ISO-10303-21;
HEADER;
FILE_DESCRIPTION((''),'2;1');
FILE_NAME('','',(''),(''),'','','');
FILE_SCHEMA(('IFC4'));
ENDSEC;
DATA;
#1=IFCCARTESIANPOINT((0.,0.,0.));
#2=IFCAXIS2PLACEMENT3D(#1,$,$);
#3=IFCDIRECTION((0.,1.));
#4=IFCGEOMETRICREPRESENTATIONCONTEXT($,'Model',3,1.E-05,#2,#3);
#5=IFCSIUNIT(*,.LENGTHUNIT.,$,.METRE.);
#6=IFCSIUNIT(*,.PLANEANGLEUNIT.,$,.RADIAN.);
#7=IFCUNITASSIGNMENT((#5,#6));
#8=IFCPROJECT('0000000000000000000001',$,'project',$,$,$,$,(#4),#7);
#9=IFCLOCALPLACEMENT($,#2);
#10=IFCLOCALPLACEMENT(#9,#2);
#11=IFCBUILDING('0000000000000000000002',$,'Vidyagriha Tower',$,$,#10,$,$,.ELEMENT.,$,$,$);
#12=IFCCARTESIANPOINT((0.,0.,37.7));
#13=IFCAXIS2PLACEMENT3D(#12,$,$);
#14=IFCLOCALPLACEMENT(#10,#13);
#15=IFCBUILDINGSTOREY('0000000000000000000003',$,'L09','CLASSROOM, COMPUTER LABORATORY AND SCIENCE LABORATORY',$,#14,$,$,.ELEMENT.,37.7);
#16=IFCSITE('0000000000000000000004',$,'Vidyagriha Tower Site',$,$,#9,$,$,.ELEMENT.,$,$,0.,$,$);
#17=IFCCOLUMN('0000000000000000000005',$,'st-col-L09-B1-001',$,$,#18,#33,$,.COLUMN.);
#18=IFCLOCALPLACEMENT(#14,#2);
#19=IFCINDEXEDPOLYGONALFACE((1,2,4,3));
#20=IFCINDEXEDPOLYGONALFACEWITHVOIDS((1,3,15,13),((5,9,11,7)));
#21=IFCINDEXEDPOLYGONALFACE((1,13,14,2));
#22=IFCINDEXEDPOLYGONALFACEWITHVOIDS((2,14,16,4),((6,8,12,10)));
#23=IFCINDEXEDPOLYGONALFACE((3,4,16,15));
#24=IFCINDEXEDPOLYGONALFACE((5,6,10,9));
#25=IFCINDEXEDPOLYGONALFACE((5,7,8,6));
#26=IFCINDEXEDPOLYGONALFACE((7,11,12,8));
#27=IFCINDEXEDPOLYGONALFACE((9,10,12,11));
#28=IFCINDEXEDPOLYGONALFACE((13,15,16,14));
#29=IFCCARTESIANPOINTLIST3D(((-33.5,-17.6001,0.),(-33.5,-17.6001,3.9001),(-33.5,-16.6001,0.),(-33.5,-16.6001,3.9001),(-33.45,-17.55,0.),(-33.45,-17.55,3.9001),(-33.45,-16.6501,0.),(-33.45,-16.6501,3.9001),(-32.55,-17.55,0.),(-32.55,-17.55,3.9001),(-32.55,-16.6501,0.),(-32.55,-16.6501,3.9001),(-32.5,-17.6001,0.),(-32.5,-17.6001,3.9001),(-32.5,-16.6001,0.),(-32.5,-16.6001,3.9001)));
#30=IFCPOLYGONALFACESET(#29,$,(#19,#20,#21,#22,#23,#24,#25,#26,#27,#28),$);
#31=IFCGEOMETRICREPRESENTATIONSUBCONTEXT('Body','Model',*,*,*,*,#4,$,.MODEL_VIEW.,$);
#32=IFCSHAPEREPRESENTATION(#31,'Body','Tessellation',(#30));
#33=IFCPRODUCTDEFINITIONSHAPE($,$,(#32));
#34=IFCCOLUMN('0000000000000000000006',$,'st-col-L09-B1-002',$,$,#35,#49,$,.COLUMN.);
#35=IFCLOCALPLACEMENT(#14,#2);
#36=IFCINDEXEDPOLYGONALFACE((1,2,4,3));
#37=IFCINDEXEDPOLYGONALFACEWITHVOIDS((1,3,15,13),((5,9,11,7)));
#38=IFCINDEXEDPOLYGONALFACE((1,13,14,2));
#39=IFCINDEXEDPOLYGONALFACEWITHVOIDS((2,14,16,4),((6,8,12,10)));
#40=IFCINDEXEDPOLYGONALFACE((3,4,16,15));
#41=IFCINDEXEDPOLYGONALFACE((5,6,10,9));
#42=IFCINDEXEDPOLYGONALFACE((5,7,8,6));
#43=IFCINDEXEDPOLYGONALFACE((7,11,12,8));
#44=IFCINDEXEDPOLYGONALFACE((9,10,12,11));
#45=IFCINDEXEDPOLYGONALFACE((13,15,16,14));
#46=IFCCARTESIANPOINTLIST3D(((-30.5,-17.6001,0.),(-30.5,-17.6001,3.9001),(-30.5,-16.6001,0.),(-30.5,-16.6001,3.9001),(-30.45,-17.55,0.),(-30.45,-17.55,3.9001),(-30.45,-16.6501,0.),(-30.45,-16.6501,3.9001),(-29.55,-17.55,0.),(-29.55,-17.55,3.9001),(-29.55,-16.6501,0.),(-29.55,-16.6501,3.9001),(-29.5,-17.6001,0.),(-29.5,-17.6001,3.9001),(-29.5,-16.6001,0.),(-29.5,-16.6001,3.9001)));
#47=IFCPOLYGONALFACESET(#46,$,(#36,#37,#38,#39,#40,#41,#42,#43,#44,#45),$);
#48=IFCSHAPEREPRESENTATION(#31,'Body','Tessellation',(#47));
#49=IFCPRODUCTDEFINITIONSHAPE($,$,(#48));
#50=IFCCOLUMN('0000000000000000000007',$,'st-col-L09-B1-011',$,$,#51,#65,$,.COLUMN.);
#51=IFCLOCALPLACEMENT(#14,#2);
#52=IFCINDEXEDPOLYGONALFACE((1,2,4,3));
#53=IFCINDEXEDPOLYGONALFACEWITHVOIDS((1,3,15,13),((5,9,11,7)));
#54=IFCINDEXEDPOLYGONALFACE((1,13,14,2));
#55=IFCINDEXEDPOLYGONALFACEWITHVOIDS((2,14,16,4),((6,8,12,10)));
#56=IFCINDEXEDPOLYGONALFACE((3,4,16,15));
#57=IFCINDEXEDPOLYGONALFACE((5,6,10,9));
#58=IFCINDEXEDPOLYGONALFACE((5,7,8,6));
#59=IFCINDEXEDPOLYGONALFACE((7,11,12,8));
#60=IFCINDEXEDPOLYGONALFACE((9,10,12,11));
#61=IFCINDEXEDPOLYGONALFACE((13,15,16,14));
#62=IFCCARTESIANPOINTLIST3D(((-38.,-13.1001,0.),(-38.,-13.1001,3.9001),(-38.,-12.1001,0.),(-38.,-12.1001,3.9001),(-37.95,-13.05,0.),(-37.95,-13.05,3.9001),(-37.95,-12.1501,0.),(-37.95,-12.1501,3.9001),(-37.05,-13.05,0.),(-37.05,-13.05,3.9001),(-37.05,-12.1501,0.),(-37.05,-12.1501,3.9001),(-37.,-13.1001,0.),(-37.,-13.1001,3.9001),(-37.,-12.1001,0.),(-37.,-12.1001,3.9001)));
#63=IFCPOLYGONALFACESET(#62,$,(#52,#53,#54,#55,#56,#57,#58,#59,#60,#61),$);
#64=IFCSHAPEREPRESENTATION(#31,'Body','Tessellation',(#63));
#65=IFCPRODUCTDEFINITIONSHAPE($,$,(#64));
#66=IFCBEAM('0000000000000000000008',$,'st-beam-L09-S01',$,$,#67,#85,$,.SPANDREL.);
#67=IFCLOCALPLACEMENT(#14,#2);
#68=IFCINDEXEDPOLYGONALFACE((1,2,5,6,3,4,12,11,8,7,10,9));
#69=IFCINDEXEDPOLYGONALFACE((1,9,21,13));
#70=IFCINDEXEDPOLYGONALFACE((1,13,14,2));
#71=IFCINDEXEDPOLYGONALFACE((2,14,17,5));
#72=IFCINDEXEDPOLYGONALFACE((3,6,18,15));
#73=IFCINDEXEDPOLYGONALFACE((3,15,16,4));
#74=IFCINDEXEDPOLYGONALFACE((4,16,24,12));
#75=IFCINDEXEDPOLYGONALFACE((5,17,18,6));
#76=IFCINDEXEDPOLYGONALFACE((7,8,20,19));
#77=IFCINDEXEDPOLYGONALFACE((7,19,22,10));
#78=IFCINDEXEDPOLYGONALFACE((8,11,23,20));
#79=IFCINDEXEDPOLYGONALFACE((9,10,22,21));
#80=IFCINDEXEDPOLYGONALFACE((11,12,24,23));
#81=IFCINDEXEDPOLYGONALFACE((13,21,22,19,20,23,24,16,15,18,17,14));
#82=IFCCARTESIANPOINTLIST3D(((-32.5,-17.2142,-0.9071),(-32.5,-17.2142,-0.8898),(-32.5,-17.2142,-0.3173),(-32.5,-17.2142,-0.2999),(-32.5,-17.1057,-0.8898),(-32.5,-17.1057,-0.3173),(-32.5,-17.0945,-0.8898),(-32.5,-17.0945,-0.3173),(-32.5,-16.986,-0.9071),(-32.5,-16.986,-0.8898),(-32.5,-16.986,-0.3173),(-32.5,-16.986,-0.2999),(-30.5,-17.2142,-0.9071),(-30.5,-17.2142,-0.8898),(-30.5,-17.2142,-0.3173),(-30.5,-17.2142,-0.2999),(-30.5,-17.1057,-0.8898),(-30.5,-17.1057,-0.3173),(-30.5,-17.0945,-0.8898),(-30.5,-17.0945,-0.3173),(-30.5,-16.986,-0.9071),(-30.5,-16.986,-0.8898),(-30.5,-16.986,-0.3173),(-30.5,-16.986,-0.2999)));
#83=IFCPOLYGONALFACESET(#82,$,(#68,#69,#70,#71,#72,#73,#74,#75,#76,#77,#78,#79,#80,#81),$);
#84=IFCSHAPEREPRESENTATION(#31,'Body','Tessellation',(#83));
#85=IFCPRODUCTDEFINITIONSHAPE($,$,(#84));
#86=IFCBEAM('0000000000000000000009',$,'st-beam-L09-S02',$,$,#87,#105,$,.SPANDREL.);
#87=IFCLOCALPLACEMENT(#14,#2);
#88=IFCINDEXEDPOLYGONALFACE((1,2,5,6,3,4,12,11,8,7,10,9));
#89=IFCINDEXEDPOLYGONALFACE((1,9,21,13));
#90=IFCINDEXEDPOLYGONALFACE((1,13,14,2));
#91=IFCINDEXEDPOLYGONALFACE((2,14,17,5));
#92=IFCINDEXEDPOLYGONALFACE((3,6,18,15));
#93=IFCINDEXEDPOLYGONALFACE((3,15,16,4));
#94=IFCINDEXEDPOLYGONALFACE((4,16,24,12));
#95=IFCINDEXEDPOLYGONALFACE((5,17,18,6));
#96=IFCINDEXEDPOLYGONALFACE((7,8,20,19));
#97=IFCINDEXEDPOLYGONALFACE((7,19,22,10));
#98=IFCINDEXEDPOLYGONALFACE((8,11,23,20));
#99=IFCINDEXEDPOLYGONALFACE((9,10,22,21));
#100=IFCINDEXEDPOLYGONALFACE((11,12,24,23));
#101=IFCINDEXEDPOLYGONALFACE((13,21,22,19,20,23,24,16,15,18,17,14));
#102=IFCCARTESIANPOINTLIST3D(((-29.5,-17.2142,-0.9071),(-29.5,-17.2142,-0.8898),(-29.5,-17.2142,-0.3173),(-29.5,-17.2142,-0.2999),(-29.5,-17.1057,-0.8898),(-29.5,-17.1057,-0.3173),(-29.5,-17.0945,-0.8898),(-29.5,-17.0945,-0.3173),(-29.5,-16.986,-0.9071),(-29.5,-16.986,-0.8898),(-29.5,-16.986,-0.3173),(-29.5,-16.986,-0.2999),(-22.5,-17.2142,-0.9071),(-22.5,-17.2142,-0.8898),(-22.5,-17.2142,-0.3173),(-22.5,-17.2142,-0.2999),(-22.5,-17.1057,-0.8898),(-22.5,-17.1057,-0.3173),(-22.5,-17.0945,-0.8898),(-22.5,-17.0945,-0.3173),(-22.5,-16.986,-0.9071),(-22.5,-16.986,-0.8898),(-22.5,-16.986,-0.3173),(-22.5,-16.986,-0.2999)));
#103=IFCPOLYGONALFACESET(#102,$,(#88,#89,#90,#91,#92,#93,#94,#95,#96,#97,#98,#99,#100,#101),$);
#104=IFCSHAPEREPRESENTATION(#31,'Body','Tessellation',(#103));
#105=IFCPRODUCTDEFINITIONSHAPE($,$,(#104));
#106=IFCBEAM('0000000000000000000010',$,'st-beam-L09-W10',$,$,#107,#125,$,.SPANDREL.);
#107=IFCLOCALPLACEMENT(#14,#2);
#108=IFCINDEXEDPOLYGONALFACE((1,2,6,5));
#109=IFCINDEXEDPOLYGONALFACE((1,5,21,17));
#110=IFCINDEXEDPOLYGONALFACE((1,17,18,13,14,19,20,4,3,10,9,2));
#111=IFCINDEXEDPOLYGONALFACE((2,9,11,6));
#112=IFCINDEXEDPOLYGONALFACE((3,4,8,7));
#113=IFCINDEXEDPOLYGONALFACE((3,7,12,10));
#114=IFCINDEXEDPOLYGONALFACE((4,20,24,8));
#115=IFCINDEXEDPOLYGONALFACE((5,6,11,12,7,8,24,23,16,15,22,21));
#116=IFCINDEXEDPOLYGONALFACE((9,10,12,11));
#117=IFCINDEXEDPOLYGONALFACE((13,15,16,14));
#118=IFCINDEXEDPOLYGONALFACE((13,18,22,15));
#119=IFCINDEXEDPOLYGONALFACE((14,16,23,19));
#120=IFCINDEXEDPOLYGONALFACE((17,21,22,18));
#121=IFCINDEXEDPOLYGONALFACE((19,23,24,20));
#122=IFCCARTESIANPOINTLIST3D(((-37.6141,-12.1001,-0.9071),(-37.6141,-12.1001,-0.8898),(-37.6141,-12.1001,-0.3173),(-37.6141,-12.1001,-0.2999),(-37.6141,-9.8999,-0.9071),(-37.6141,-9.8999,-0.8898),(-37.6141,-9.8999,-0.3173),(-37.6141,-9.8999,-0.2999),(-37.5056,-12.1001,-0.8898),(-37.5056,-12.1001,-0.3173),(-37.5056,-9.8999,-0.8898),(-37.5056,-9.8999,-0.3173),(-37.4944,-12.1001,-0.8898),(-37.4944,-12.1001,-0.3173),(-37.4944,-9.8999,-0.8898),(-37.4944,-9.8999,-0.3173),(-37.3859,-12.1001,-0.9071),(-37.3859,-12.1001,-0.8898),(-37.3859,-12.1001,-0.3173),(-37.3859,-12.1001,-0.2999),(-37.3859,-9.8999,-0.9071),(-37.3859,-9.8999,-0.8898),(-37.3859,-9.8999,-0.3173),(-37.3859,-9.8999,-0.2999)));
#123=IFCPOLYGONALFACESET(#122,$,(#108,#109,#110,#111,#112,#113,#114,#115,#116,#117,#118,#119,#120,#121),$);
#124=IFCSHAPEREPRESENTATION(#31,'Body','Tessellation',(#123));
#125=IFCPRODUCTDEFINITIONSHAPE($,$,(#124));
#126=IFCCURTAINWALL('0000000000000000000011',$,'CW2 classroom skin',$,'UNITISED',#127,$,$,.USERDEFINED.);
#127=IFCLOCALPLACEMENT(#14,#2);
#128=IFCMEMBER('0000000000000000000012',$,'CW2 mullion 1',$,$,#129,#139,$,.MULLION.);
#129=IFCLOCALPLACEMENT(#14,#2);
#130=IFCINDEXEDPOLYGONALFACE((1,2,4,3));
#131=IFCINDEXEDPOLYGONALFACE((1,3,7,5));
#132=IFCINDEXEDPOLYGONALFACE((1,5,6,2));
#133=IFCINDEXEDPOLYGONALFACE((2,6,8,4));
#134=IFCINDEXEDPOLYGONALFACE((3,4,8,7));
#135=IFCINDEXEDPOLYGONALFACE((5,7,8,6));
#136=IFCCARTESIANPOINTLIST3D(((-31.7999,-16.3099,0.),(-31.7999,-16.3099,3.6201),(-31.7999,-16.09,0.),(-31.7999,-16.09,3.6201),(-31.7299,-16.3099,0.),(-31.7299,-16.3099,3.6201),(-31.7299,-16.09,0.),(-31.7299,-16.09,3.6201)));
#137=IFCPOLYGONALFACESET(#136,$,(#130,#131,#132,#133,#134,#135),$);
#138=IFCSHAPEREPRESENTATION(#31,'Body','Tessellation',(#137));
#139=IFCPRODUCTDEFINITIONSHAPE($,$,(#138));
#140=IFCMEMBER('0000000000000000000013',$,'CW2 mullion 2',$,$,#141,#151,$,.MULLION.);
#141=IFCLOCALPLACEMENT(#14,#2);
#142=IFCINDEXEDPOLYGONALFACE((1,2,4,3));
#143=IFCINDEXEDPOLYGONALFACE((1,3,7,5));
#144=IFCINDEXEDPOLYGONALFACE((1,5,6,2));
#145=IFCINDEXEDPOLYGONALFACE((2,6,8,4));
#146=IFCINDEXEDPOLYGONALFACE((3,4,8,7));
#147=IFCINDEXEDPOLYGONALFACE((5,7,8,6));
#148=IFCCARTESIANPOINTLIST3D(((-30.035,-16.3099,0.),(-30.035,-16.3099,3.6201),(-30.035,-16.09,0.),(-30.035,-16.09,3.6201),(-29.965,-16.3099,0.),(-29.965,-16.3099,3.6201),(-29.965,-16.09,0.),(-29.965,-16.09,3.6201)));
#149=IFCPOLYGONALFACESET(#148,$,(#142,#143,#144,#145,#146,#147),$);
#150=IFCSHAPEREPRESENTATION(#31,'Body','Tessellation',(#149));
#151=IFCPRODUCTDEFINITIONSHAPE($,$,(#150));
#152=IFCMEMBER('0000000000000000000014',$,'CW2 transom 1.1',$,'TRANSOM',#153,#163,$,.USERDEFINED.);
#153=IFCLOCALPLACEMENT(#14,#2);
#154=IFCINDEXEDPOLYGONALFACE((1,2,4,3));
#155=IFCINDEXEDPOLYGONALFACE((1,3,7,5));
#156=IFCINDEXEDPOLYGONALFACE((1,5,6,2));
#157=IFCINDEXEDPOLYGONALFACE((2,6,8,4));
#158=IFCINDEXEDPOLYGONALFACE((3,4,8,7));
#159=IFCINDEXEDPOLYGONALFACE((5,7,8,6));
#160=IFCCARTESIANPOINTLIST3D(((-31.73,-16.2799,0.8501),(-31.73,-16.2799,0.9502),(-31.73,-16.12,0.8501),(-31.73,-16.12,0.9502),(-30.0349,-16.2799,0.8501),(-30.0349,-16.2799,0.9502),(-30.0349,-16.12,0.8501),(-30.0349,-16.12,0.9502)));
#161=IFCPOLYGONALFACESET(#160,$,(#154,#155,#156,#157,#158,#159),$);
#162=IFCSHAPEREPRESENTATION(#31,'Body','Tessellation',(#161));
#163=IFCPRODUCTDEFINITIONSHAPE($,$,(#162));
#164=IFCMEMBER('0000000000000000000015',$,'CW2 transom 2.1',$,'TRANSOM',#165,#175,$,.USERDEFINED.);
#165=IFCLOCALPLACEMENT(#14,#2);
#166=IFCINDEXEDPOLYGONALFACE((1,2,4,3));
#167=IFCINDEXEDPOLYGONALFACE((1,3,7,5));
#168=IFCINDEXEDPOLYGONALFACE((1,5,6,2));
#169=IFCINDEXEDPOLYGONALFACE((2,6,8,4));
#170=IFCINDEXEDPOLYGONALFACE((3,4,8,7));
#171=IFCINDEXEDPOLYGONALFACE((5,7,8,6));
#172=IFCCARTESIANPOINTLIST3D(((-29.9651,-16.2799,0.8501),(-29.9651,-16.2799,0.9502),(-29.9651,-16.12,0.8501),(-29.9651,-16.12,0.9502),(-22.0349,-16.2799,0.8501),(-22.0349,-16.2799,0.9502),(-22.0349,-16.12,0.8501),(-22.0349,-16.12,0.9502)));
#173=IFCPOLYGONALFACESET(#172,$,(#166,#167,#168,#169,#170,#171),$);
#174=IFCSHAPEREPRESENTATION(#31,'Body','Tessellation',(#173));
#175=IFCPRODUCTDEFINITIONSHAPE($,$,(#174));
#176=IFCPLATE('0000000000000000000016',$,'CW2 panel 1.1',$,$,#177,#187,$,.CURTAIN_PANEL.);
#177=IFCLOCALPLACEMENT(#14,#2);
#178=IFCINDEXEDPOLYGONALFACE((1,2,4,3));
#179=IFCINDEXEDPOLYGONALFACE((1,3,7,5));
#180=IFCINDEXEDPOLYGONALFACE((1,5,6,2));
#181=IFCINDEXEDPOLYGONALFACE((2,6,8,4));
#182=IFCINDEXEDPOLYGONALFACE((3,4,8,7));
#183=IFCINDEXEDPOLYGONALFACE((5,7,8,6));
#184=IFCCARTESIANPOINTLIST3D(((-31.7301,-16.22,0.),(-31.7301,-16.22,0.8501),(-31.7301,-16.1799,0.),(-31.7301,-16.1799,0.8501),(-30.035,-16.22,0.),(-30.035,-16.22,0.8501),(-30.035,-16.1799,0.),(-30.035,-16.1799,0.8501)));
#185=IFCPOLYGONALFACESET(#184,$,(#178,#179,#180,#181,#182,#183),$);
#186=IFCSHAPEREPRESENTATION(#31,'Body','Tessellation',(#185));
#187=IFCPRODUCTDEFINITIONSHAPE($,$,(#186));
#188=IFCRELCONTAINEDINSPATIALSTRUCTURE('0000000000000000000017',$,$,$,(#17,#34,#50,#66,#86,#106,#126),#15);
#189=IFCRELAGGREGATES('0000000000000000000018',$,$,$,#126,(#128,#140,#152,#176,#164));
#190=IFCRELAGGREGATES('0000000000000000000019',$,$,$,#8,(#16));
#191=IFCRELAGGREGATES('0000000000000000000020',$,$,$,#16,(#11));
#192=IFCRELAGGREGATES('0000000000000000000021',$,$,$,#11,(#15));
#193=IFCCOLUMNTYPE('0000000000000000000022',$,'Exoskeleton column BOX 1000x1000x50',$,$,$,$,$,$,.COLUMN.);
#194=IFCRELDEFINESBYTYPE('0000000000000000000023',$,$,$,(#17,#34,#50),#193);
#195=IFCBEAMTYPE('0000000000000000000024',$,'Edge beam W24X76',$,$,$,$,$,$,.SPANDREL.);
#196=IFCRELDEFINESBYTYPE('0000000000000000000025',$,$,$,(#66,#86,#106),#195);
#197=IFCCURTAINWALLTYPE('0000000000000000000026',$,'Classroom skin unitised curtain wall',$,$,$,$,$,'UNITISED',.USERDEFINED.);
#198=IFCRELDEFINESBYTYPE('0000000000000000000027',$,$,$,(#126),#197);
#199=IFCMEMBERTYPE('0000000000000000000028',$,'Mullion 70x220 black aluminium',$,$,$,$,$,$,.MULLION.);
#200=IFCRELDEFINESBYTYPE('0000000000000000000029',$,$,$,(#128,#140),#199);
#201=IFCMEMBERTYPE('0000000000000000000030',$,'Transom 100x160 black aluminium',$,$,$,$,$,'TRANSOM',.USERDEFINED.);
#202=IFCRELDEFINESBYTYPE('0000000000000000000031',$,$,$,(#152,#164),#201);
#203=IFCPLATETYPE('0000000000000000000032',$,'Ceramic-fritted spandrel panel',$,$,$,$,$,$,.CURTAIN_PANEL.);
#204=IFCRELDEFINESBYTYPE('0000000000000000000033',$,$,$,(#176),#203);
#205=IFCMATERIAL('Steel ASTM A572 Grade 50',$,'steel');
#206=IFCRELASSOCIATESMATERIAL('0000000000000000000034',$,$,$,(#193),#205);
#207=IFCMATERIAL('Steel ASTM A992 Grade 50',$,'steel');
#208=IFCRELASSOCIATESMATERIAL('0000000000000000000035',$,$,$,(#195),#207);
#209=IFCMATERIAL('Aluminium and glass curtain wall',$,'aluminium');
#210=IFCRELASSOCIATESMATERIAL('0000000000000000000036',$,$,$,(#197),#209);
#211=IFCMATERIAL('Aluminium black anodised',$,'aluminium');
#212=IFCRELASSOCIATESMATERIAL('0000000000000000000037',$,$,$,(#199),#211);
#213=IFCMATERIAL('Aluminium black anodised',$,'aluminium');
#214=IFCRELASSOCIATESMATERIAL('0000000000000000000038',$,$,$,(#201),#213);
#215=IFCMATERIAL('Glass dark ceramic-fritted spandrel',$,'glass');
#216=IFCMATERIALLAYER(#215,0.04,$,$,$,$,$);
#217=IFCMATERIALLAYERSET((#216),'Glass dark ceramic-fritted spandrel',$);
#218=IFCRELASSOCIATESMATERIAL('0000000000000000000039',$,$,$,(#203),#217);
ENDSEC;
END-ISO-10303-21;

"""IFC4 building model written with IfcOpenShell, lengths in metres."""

from ifc_helpers import new_model, si_unit, direction, frame, origin, origin_2d, place, context, subcontext, project, spatial, rectangle, hollow_rectangle, i_section, extrude, material, layer, layer_set, material_profile, profile_set, type_object, element, aggregate, save


model = new_model("IFC4")

# Units and contexts
model_context = context("Model", 3, precision=1e-05, world=origin(), true_north=direction((0.0, 1.0)))
body_context = subcontext(model_context, "Body", "Model", "MODEL_VIEW")
ifc_project = project(units=[si_unit("LENGTHUNIT", "METRE"), si_unit("PLANEANGLEUNIT", "RADIAN")], contexts=[model_context])

# Site, building, storey
site_placement = place(None, origin())
site = spatial("IfcSite", under=ifc_project, at=site_placement, Name="Vidyagriha Tower Site", CompositionType="ELEMENT", RefElevation=0.0)
building_placement = place(site_placement, origin())
building = spatial("IfcBuilding", under=site, at=building_placement, Name="Vidyagriha Tower", CompositionType="ELEMENT")
storey_placement = place(building_placement, frame((0.0, 0.0, 37.7)))
storey = spatial("IfcBuildingStorey", under=building, at=storey_placement, Name="L09", Description="CLASSROOM, COMPUTER LABORATORY AND SCIENCE LABORATORY", CompositionType="ELEMENT", Elevation=37.7)

# Columns
ifc_material_1 = material(Name="Steel ASTM A572 Grade 50", Category="steel")
ifc_material_profile_1 = material_profile(ifc_material_1, hollow_rectangle(XDim=1.0, YDim=1.0, WallThickness=0.05, at=origin_2d()), Name="BOX 1000x1000x50")
ifc_profile_set_1 = profile_set([ifc_material_profile_1], Name="Steel ASTM A572 Grade 50")
column_type = type_object("IfcColumnType", Name="Exoskeleton column BOX 1000x1000x50", PredefinedType="COLUMN", material=ifc_profile_set_1)
for number, where, name in (
    (1, (-33.0, -17.1001, 0.0), "st-col-L09-B1-001"),
    (2, (-30.0, -17.1001, 0.0), "st-col-L09-B1-002"),
    (3, (-37.5, -12.6001, 0.0), "st-col-L09-B1-011"),
):
    element("IfcColumn", number, at=place(storey_placement, frame(where)), inside=storey, type_object=column_type, Name=name, PredefinedType="COLUMN", context=body_context, shape_type="SweptSolid", body=[
        extrude(hollow_rectangle(XDim=1.0, YDim=1.0, WallThickness=0.05, at=origin_2d()), origin(), (0.0, 0.0, 1.0), 3.9001),
    ])

# Beams
ifc_material_2 = material(Name="Steel ASTM A992 Grade 50", Category="steel")
ifc_material_profile_2 = material_profile(ifc_material_2, i_section(OverallWidth=0.2283, OverallDepth=0.6072, WebThickness=0.0112, FlangeThickness=0.0173, at=origin_2d()), Name="W24X76")
ifc_profile_set_2 = profile_set([ifc_material_profile_2], Name="Steel ASTM A992 Grade 50")
beam_type = type_object("IfcBeamType", Name="Edge beam W24X76", PredefinedType="SPANDREL", material=ifc_profile_set_2)
beam_1_placement = place(storey_placement, frame((-32.5, -17.1001, -0.6035), z_axis=(1.0, 0.0, 0.0), x_axis=(0.0, 1.0, 0.0)))
element("IfcBeam", 4, at=beam_1_placement, inside=storey, type_object=beam_type, Name="st-beam-L09-S01", PredefinedType="SPANDREL", context=body_context, shape_type="SweptSolid", body=[
    extrude(i_section(OverallWidth=0.2283, OverallDepth=0.6072, WebThickness=0.0112, FlangeThickness=0.0173, at=origin_2d()), origin(), (0.0, 0.0, 1.0), 2.0),
])
beam_2_placement = place(storey_placement, frame((-29.5, -17.1001, -0.6035), z_axis=(1.0, 0.0, 0.0), x_axis=(0.0, 1.0, 0.0)))
element("IfcBeam", 5, at=beam_2_placement, inside=storey, type_object=beam_type, Name="st-beam-L09-S02", PredefinedType="SPANDREL", context=body_context, shape_type="SweptSolid", body=[
    extrude(i_section(OverallWidth=0.2283, OverallDepth=0.6072, WebThickness=0.0112, FlangeThickness=0.0173, at=origin_2d()), origin(), (0.0, 0.0, 1.0), 7.0),
])
beam_3_placement = place(storey_placement, frame((-37.5, -12.1001, -0.6035), z_axis=(0.0, 1.0, 0.0), x_axis=(-1.0, 0.0, 0.0)))
element("IfcBeam", 6, at=beam_3_placement, inside=storey, type_object=beam_type, Name="st-beam-L09-W10", PredefinedType="SPANDREL", context=body_context, shape_type="SweptSolid", body=[
    extrude(i_section(OverallWidth=0.2283, OverallDepth=0.6072, WebThickness=0.0112, FlangeThickness=0.0173, at=origin_2d()), origin(), (0.0, 0.0, 1.0), 2.2002),
])

# Curtain wall, members, plate
ifc_material_3 = material(Name="Aluminium and glass curtain wall", Category="aluminium")
curtain_wall_type = type_object("IfcCurtainWallType", Name="Classroom skin unitised curtain wall", ElementType="UNITISED", PredefinedType="USERDEFINED", material=ifc_material_3)
curtain_wall_placement = place(storey_placement, origin())
curtain_wall = element("IfcCurtainWall", 7, at=curtain_wall_placement, inside=storey, type_object=curtain_wall_type, Name="CW2 classroom skin", ObjectType="UNITISED", PredefinedType="USERDEFINED")
ifc_material_4 = material(Name="Aluminium black anodised", Category="aluminium")
ifc_material_profile_3 = material_profile(ifc_material_4, rectangle(XDim=0.22, YDim=0.0701, at=origin_2d()), Name="Mullion 70x220 black aluminium")
ifc_profile_set_3 = profile_set([ifc_material_profile_3], Name="Aluminium black anodised")
member_type_1 = type_object("IfcMemberType", Name="Mullion 70x220 black aluminium", PredefinedType="MULLION", material=ifc_profile_set_3)
member_1_placement = place(storey_placement, frame((-31.7649, -16.2, 0.0), z_axis=(0.0, 0.0, 1.0), x_axis=(0.0, 1.0, 0.0)))
member_1 = element("IfcMember", 8, at=member_1_placement, type_object=member_type_1, Name="CW2 mullion 1", PredefinedType="MULLION", context=body_context, shape_type="SweptSolid", body=[
    extrude(rectangle(XDim=0.22, YDim=0.0701, at=origin_2d()), origin(), (0.0, 0.0, 1.0), 3.6201),
])
member_2_placement = place(storey_placement, frame((-30.0, -16.2, 0.0), z_axis=(0.0, 0.0, 1.0), x_axis=(0.0, 1.0, 0.0)))
member_2 = element("IfcMember", 9, at=member_2_placement, type_object=member_type_1, Name="CW2 mullion 2", PredefinedType="MULLION", context=body_context, shape_type="SweptSolid", body=[
    extrude(rectangle(XDim=0.22, YDim=0.0701, at=origin_2d()), origin(), (0.0, 0.0, 1.0), 3.6201),
])
ifc_material_5 = material(Name="Aluminium black anodised", Category="aluminium")
ifc_material_profile_4 = material_profile(ifc_material_5, rectangle(XDim=0.1599, YDim=0.1001, at=origin_2d()), Name="Transom 100x160 black aluminium")
ifc_profile_set_4 = profile_set([ifc_material_profile_4], Name="Aluminium black anodised")
member_type_2 = type_object("IfcMemberType", Name="Transom 100x160 black aluminium", ElementType="TRANSOM", PredefinedType="USERDEFINED", material=ifc_profile_set_4)
member_3_placement = place(storey_placement, frame((-31.73, -16.2, 0.9001), z_axis=(1.0, 0.0, 0.0), x_axis=(0.0, 1.0, 0.0)))
member_3 = element("IfcMember", 10, at=member_3_placement, type_object=member_type_2, Name="CW2 transom 1.1", ObjectType="TRANSOM", PredefinedType="USERDEFINED", context=body_context, shape_type="SweptSolid", body=[
    extrude(rectangle(XDim=0.1599, YDim=0.1001, at=origin_2d()), origin(), (0.0, 0.0, 1.0), 1.6951),
])
member_4_placement = place(storey_placement, frame((-29.9651, -16.2, 0.9001), z_axis=(1.0, 0.0, 0.0), x_axis=(0.0, 1.0, 0.0)))
member_4 = element("IfcMember", 11, at=member_4_placement, type_object=member_type_2, Name="CW2 transom 2.1", ObjectType="TRANSOM", PredefinedType="USERDEFINED", context=body_context, shape_type="SweptSolid", body=[
    extrude(rectangle(XDim=0.1599, YDim=0.1001, at=origin_2d()), origin(), (0.0, 0.0, 1.0), 7.9302),
])
ifc_material_6 = material(Name="Glass dark ceramic-fritted spandrel", Category="glass")
ifc_layer_1 = layer(ifc_material_6, 0.04)
ifc_layer_set_1 = layer_set([ifc_layer_1], Name="Glass dark ceramic-fritted spandrel")
plate_type_1 = type_object("IfcPlateType", Name="Ceramic-fritted spandrel panel", PredefinedType="CURTAIN_PANEL", material=ifc_layer_set_1)
plate_1_placement = place(storey_placement, frame((-30.8826, -16.2, 0.0)))
plate_1 = element("IfcPlate", 12, at=plate_1_placement, type_object=plate_type_1, Name="CW2 panel 1.1", PredefinedType="CURTAIN_PANEL", context=body_context, shape_type="SweptSolid", body=[
    extrude(rectangle(XDim=1.6951, YDim=0.04, at=origin_2d()), origin(), (0.0, 0.0, 1.0), 0.8501),
])
aggregate(curtain_wall, [member_1, member_2, member_3, plate_1, member_4])

save(model, "model.ifc")
